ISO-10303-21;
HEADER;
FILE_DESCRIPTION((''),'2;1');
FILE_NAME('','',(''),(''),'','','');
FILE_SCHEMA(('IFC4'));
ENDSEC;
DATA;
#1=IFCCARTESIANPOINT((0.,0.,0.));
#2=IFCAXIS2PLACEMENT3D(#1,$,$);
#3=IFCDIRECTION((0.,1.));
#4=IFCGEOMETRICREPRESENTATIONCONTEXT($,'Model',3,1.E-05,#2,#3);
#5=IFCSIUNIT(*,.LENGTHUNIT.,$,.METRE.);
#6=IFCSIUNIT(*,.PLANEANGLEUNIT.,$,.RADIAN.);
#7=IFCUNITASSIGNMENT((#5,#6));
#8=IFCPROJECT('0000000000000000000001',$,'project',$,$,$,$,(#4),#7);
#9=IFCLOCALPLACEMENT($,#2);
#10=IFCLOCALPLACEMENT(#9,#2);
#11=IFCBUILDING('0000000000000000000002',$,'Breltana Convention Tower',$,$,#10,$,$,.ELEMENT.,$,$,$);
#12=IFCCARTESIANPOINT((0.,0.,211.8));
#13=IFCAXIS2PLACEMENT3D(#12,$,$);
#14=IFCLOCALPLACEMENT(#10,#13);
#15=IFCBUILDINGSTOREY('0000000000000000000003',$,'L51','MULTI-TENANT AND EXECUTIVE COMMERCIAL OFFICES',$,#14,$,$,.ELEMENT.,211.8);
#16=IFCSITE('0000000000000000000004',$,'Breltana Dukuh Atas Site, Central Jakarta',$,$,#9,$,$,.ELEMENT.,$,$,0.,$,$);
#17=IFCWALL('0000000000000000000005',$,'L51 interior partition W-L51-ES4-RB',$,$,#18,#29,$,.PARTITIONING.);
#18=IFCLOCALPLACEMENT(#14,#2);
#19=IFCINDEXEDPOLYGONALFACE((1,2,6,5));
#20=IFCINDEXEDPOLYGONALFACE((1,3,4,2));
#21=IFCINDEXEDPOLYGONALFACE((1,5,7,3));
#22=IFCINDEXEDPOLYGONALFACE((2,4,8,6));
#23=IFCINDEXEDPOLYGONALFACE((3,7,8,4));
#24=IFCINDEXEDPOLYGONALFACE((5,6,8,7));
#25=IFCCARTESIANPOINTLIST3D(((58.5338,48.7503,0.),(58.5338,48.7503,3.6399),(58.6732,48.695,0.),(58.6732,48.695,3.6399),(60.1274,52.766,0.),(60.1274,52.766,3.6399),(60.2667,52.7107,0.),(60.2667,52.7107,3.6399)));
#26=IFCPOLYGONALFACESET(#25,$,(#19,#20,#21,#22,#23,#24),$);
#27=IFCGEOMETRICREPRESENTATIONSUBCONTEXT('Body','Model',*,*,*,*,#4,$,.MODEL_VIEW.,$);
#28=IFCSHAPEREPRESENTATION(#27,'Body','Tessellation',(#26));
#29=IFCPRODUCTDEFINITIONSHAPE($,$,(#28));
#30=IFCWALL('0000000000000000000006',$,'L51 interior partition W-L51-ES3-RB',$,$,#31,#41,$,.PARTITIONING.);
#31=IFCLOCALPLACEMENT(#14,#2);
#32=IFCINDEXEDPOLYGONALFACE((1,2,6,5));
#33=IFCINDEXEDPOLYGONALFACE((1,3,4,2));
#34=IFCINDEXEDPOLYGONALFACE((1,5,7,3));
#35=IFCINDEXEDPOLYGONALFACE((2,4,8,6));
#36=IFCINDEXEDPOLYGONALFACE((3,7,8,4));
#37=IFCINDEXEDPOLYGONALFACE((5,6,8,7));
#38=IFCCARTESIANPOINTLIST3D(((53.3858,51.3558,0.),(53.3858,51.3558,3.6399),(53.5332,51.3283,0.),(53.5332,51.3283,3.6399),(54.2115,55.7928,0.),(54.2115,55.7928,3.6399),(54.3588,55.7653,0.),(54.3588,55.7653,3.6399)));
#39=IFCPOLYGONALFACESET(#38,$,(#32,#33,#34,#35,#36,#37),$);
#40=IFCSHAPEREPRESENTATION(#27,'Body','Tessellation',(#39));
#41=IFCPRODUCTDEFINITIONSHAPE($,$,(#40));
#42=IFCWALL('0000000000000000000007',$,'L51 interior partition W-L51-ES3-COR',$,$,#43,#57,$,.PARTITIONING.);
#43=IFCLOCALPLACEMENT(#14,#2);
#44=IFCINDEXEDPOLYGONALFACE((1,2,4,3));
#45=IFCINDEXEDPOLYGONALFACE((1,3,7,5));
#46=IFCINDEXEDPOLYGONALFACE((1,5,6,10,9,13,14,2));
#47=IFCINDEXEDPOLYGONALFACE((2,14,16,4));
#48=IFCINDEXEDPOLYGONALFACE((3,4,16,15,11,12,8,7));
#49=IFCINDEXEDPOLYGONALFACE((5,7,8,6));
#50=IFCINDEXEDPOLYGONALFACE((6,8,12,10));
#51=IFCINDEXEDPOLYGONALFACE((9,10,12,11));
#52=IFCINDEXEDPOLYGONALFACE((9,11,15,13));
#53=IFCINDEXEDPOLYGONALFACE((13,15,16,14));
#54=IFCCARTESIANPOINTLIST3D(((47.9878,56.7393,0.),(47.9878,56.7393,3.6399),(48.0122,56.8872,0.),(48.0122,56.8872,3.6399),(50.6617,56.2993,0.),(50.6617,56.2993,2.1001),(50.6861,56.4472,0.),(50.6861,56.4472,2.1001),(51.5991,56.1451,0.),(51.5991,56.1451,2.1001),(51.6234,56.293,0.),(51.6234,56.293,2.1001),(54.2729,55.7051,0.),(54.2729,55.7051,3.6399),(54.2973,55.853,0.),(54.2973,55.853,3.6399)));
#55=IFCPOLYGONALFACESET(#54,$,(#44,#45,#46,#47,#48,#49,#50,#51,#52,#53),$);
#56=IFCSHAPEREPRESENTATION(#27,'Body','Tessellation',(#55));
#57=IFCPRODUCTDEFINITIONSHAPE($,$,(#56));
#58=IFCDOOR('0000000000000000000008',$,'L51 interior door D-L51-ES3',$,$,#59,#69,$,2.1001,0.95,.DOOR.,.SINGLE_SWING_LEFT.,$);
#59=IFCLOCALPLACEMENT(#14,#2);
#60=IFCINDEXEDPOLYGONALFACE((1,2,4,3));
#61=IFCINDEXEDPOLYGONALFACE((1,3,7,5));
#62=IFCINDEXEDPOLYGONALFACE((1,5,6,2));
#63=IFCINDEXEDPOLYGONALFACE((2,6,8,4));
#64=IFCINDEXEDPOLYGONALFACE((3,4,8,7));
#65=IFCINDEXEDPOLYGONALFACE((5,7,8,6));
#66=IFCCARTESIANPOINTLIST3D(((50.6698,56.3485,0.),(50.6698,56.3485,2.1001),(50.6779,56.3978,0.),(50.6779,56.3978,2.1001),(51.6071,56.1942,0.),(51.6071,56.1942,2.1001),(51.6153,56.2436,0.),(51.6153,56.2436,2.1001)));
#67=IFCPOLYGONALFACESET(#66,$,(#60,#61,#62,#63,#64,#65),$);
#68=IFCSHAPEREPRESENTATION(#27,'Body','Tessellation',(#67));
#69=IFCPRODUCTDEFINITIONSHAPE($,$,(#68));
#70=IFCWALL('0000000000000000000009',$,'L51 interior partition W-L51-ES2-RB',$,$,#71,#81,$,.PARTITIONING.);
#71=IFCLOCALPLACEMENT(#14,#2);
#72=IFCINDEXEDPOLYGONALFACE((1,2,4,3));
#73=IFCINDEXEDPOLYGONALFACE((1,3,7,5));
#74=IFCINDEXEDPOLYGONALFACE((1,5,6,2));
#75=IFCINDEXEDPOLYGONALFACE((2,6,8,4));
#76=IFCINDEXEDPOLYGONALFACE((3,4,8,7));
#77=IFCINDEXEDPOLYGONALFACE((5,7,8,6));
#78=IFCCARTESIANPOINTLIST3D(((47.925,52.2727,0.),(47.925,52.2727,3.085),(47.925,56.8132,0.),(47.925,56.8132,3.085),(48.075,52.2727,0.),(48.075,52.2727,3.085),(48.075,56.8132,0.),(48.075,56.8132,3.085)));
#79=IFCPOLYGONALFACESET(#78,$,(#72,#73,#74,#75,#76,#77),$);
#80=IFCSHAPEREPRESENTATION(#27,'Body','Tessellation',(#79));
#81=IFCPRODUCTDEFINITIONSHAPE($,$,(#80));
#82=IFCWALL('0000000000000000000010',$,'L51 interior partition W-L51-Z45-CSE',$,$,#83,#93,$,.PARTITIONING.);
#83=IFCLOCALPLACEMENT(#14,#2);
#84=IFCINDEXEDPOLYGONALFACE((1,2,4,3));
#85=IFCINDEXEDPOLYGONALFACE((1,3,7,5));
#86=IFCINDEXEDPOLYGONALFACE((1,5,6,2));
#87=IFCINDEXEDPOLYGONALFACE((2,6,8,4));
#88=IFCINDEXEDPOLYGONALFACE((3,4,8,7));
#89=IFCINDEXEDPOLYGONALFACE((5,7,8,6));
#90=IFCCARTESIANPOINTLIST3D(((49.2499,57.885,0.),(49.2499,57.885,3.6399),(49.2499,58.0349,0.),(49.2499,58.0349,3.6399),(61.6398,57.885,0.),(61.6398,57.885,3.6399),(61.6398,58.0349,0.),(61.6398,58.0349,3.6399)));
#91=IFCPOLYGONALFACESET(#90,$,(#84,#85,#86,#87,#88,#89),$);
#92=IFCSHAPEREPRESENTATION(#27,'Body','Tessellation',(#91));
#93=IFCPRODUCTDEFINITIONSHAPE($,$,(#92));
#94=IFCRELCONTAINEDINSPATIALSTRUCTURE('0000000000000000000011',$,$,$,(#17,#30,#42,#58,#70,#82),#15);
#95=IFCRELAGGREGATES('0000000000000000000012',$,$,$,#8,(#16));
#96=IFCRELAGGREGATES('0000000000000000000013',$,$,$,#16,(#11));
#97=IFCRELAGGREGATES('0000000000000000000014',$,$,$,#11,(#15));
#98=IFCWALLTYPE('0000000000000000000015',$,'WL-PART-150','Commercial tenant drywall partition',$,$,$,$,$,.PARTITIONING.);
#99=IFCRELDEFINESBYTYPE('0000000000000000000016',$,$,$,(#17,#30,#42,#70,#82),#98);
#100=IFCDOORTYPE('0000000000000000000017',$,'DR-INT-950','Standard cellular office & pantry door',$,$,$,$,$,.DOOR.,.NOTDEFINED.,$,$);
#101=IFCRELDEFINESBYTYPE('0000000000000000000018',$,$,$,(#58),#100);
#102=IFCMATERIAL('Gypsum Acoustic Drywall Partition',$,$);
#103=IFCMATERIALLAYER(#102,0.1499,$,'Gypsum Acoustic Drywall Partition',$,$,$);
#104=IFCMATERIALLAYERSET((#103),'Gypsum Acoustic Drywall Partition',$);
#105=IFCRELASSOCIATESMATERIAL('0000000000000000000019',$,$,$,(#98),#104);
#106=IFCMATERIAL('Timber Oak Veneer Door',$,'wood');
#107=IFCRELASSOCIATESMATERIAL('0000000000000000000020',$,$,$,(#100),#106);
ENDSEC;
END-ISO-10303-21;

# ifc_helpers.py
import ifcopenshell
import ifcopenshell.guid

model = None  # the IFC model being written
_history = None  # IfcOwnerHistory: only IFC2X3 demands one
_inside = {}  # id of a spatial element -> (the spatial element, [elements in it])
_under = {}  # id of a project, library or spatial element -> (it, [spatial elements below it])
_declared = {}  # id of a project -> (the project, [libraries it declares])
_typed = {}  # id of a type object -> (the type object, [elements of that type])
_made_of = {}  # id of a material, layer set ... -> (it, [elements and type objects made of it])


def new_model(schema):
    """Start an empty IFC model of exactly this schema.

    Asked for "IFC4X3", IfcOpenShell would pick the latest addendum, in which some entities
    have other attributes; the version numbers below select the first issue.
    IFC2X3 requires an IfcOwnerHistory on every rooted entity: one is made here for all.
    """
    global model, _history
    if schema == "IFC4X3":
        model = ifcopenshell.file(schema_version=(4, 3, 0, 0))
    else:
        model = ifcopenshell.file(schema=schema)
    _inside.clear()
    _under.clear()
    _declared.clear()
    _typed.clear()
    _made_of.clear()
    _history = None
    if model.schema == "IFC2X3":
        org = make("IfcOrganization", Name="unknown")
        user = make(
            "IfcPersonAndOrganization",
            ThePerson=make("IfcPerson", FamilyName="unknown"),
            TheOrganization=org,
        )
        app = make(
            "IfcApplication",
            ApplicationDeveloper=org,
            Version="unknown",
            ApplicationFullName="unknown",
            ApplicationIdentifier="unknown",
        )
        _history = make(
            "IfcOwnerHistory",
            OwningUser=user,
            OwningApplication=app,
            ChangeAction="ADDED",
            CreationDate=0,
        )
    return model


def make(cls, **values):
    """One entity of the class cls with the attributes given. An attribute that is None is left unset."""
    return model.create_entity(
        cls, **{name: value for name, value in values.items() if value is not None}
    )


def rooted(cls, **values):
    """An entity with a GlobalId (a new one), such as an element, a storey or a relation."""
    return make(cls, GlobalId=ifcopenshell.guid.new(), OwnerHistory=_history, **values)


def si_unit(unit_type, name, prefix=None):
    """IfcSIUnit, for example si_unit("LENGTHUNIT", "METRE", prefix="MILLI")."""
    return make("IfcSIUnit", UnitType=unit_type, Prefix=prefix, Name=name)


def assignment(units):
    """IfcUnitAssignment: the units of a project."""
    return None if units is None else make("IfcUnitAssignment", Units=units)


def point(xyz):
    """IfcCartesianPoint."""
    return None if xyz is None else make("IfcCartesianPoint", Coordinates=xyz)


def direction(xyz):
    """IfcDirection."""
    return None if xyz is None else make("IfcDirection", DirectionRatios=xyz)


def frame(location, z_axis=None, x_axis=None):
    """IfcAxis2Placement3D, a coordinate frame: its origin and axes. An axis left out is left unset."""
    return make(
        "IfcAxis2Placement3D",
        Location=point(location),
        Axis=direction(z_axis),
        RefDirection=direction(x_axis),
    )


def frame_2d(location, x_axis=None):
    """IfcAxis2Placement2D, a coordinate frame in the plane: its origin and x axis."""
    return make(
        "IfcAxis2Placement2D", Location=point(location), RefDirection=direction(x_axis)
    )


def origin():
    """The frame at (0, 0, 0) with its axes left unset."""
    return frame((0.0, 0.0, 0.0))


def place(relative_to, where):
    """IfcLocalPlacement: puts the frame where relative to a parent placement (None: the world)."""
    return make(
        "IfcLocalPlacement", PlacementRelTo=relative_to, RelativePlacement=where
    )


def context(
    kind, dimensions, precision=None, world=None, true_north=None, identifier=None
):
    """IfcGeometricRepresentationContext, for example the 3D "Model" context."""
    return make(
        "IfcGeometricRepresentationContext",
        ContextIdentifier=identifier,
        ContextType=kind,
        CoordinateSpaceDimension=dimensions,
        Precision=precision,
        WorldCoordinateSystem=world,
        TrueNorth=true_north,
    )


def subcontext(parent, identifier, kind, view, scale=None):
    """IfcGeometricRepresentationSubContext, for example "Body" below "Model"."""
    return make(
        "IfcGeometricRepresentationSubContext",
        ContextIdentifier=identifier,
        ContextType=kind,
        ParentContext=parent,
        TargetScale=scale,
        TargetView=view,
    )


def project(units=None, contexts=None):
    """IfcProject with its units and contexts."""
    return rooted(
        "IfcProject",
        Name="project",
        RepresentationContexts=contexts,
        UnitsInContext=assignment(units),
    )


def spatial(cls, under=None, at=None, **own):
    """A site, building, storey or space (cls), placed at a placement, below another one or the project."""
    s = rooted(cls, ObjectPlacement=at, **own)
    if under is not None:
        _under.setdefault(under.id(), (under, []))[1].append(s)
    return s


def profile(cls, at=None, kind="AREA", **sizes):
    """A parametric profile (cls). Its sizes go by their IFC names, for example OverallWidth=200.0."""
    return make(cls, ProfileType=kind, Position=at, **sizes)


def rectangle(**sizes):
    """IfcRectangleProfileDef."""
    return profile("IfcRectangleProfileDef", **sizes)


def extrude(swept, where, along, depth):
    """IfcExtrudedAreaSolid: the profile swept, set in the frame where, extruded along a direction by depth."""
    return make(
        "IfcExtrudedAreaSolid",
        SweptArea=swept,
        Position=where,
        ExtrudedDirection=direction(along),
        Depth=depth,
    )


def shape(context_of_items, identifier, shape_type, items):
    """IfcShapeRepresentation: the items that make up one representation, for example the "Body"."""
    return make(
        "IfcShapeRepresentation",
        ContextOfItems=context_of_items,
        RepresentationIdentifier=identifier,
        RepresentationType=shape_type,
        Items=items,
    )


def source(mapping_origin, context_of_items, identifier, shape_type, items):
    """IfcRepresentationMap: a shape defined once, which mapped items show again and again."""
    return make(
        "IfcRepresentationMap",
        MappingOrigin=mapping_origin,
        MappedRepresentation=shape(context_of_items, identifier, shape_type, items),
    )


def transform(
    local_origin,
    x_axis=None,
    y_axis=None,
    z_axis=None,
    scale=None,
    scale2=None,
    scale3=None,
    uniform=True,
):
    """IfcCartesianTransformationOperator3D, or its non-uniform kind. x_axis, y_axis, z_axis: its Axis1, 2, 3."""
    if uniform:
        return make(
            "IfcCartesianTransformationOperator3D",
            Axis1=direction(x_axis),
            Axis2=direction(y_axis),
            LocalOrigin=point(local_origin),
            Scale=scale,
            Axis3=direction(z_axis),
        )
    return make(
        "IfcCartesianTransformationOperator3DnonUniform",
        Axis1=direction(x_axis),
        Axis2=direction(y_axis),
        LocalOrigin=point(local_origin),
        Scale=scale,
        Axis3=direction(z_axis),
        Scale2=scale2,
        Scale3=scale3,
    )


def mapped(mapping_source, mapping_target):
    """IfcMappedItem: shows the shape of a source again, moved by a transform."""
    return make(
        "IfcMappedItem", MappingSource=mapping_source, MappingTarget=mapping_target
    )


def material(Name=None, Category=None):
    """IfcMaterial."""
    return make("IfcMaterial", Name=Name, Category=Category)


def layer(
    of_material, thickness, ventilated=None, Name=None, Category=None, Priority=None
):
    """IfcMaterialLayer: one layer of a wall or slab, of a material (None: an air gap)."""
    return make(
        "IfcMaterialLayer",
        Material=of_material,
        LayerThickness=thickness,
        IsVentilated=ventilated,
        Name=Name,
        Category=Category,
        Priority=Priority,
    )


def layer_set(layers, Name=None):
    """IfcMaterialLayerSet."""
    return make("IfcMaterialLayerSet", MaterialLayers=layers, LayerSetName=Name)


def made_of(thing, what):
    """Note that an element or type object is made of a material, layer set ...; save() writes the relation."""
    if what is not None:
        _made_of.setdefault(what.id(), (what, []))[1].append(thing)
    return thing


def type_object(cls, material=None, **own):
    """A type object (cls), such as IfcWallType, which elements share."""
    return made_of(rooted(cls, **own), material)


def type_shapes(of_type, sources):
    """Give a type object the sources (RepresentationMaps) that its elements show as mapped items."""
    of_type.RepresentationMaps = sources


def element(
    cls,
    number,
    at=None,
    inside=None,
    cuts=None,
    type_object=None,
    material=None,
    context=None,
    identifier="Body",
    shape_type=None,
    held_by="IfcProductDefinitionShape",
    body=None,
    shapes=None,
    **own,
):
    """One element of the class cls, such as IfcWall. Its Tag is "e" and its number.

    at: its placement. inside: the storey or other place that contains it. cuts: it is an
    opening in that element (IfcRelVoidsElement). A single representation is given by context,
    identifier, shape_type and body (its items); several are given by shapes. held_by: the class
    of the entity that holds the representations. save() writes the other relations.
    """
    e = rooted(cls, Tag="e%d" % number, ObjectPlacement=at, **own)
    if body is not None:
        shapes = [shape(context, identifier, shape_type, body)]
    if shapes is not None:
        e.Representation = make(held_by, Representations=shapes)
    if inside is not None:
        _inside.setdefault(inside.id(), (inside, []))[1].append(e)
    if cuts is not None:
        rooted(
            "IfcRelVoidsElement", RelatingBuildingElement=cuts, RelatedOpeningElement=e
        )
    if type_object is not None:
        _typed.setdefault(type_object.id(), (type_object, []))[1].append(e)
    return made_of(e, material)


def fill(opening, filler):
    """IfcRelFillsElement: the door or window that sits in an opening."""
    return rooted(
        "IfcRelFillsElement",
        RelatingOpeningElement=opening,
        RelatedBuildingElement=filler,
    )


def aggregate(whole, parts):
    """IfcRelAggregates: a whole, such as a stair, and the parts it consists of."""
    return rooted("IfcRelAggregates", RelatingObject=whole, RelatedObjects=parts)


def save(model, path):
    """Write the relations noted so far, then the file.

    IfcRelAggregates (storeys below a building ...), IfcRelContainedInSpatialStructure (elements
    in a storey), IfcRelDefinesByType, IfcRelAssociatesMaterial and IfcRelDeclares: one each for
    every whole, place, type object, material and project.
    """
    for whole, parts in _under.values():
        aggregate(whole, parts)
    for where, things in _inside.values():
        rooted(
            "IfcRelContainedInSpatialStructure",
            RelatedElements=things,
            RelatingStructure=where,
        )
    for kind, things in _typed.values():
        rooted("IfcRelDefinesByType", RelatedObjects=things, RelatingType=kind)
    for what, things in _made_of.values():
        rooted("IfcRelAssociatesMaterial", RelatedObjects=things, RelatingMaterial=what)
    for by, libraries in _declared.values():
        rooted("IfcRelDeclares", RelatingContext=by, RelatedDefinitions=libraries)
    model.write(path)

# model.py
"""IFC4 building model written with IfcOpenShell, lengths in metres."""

from ifc_helpers import new_model, si_unit, direction, frame, frame_2d, origin, place, context, subcontext, project, spatial, rectangle, extrude, source, transform, mapped, material, layer, layer_set, type_object, type_shapes, element, fill, save


model = new_model("IFC4")

# Units and contexts
model_context = context("Model", 3, precision=1e-05, world=origin(), true_north=direction((0.0, 1.0)))
body_context = subcontext(model_context, "Body", "Model", "MODEL_VIEW")
ifc_project = project(units=[si_unit("LENGTHUNIT", "METRE"), si_unit("PLANEANGLEUNIT", "RADIAN")], contexts=[model_context])

# Site, building, storey
site_placement = place(None, origin())
site = spatial("IfcSite", under=ifc_project, at=site_placement, Name="Breltana Dukuh Atas Site, Central Jakarta", CompositionType="ELEMENT", RefElevation=0.0)
building_placement = place(site_placement, origin())
building = spatial("IfcBuilding", under=site, at=building_placement, Name="Breltana Convention Tower", CompositionType="ELEMENT")
storey_placement = place(building_placement, frame((0.0, 0.0, 211.8)))
storey = spatial("IfcBuildingStorey", under=building, at=storey_placement, Name="L51", Description="MULTI-TENANT AND EXECUTIVE COMMERCIAL OFFICES", CompositionType="ELEMENT", Elevation=211.8)

# Shared definitions
ifc_material_1 = material(Name="Gypsum Acoustic Drywall Partition")
ifc_layer_1 = layer(ifc_material_1, 0.1499, Name="Gypsum Acoustic Drywall Partition")
ifc_layer_set_1 = layer_set([ifc_layer_1], Name="Gypsum Acoustic Drywall Partition")
wall_type_1 = type_object("IfcWallType", Name="WL-PART-150", Description="Commercial tenant drywall partition", PredefinedType="PARTITIONING", material=ifc_layer_set_1)
ifc_material_2 = material(Name="Timber Oak Veneer Door", Category="wood")
door_type = type_object("IfcDoorType", Name="DR-INT-950", Description="Standard cellular office & pantry door", OperationType="NOTDEFINED", PredefinedType="DOOR", material=ifc_material_2)
shared_shape_1 = source(origin(), body_context, "Body", "SweptSolid", [
    extrude(rectangle(XDim=0.95, YDim=2.1001, at=frame_2d((0.4751, 1.05))), frame((0.0, 0.0249, 0.0), z_axis=(0.0, -1.0, 0.0), x_axis=(1.0, 0.0, 0.0)), (0.0, 0.0, 1.0), 0.05),
])
type_shapes(door_type, [shared_shape_1])

# Walls
shared_shape_2 = source(origin(), body_context, "Body", "SweptSolid", [
    extrude(rectangle(XDim=4.3203, YDim=0.1499, at=frame_2d((2.1602, 0.0))), origin(), (0.0, 0.0, 1.0), 3.6399),
])
wall_1_placement = place(storey_placement, frame((58.6035, 48.7227, 0.0), z_axis=(0.0, 0.0, 1.0), x_axis=(0.368846, 0.92949, 0.0)))
element("IfcWall", 1, at=wall_1_placement, inside=storey, type_object=wall_type_1, Name="L51 interior partition W-L51-ES4-RB", PredefinedType="PARTITIONING", context=body_context, shape_type="MappedRepresentation", body=[
    mapped(shared_shape_2, transform((0.0, 0.0, 0.0), scale=1.0)),
])
shared_shape_3 = source(origin(), body_context, "Body", "SweptSolid", [
    extrude(rectangle(XDim=4.5132, YDim=0.1499, at=frame_2d((2.2566, 0.0))), origin(), (0.0, 0.0, 1.0), 3.6399),
])
wall_2_placement = place(storey_placement, frame((53.4595, 51.342, 0.0), z_axis=(0.0, 0.0, 1.0), x_axis=(0.182949, 0.983122, 0.0)))
element("IfcWall", 2, at=wall_2_placement, inside=storey, type_object=wall_type_1, Name="L51 interior partition W-L51-ES3-RB", PredefinedType="PARTITIONING", context=body_context, shape_type="MappedRepresentation", body=[
    mapped(shared_shape_3, transform((0.0, 0.0, 0.0), scale=1.0)),
])

# Wall, opening, door
shared_shape_4 = source(origin(), body_context, "Body", "SweptSolid", [
    extrude(rectangle(XDim=6.3696, YDim=0.1499, at=frame_2d((3.1848, 0.0))), origin(), (0.0, 0.0, 1.0), 3.6399),
])
wall_3_placement = place(storey_placement, frame((48.0, 56.8132, 0.0), z_axis=(0.0, 0.0, 1.0), x_axis=(0.986732, -0.16236, 0.0)))
wall_3 = element("IfcWall", 3, at=wall_3_placement, inside=storey, type_object=wall_type_1, Name="L51 interior partition W-L51-ES3-COR", PredefinedType="PARTITIONING", context=body_context, shape_type="MappedRepresentation", body=[
    mapped(shared_shape_4, transform((0.0, 0.0, 0.0), scale=1.0)),
])
opening_1_placement = place(wall_3_placement, frame((2.7097, 0.0, 0.0)))
opening_1 = element("IfcOpeningElement", 4, at=opening_1_placement, cuts=wall_3, PredefinedType="OPENING", context=body_context, shape_type="SweptSolid", body=[
    extrude(rectangle(XDim=0.95, YDim=2.1001, at=frame_2d((0.4751, 1.05))), frame((0.0, 0.085, 0.0), z_axis=(0.0, -1.0, 0.0), x_axis=(1.0, 0.0, 0.0)), (0.0, 0.0, 1.0), 0.1699),
])
door_1_placement = place(opening_1_placement, origin())
door_1 = element("IfcDoor", 5, at=door_1_placement, inside=storey, type_object=door_type, Name="L51 interior door D-L51-ES3", OperationType="SINGLE_SWING_LEFT", OverallHeight=2.1001, OverallWidth=0.95, PredefinedType="DOOR", context=body_context, shape_type="MappedRepresentation", body=[
    mapped(shared_shape_1, transform((0.0, 0.0, 0.0), scale=1.0)),
])
fill(opening_1, door_1)

# Walls
shared_shape_5 = source(origin(), body_context, "Body", "SweptSolid", [
    extrude(rectangle(XDim=4.5405, YDim=0.1499, at=frame_2d((2.2703, 0.0))), origin(), (0.0, 0.0, 1.0), 3.085),
])
wall_4_placement = place(storey_placement, frame((48.0, 52.2727, 0.0), z_axis=(0.0, 0.0, 1.0), x_axis=(0.0, 1.0, 0.0)))
element("IfcWall", 6, at=wall_4_placement, inside=storey, type_object=wall_type_1, Name="L51 interior partition W-L51-ES2-RB", PredefinedType="PARTITIONING", context=body_context, shape_type="MappedRepresentation", body=[
    mapped(shared_shape_5, transform((0.0, 0.0, 0.0), scale=1.0)),
])
shared_shape_6 = source(origin(), body_context, "Body", "SweptSolid", [
    extrude(rectangle(XDim=12.3899, YDim=0.1499, at=frame_2d((6.1948, 0.0))), origin(), (0.0, 0.0, 1.0), 3.6399),
])
wall_5_placement = place(storey_placement, frame((49.25, 57.96, 0.0), z_axis=(0.0, 0.0, 1.0), x_axis=(1.0, 0.0, 0.0)))
element("IfcWall", 7, at=wall_5_placement, inside=storey, type_object=wall_type_1, Name="L51 interior partition W-L51-Z45-CSE", PredefinedType="PARTITIONING", context=body_context, shape_type="MappedRepresentation", body=[
    mapped(shared_shape_6, transform((0.0, 0.0, 0.0), scale=1.0)),
])

save(model, "model.ifc")
